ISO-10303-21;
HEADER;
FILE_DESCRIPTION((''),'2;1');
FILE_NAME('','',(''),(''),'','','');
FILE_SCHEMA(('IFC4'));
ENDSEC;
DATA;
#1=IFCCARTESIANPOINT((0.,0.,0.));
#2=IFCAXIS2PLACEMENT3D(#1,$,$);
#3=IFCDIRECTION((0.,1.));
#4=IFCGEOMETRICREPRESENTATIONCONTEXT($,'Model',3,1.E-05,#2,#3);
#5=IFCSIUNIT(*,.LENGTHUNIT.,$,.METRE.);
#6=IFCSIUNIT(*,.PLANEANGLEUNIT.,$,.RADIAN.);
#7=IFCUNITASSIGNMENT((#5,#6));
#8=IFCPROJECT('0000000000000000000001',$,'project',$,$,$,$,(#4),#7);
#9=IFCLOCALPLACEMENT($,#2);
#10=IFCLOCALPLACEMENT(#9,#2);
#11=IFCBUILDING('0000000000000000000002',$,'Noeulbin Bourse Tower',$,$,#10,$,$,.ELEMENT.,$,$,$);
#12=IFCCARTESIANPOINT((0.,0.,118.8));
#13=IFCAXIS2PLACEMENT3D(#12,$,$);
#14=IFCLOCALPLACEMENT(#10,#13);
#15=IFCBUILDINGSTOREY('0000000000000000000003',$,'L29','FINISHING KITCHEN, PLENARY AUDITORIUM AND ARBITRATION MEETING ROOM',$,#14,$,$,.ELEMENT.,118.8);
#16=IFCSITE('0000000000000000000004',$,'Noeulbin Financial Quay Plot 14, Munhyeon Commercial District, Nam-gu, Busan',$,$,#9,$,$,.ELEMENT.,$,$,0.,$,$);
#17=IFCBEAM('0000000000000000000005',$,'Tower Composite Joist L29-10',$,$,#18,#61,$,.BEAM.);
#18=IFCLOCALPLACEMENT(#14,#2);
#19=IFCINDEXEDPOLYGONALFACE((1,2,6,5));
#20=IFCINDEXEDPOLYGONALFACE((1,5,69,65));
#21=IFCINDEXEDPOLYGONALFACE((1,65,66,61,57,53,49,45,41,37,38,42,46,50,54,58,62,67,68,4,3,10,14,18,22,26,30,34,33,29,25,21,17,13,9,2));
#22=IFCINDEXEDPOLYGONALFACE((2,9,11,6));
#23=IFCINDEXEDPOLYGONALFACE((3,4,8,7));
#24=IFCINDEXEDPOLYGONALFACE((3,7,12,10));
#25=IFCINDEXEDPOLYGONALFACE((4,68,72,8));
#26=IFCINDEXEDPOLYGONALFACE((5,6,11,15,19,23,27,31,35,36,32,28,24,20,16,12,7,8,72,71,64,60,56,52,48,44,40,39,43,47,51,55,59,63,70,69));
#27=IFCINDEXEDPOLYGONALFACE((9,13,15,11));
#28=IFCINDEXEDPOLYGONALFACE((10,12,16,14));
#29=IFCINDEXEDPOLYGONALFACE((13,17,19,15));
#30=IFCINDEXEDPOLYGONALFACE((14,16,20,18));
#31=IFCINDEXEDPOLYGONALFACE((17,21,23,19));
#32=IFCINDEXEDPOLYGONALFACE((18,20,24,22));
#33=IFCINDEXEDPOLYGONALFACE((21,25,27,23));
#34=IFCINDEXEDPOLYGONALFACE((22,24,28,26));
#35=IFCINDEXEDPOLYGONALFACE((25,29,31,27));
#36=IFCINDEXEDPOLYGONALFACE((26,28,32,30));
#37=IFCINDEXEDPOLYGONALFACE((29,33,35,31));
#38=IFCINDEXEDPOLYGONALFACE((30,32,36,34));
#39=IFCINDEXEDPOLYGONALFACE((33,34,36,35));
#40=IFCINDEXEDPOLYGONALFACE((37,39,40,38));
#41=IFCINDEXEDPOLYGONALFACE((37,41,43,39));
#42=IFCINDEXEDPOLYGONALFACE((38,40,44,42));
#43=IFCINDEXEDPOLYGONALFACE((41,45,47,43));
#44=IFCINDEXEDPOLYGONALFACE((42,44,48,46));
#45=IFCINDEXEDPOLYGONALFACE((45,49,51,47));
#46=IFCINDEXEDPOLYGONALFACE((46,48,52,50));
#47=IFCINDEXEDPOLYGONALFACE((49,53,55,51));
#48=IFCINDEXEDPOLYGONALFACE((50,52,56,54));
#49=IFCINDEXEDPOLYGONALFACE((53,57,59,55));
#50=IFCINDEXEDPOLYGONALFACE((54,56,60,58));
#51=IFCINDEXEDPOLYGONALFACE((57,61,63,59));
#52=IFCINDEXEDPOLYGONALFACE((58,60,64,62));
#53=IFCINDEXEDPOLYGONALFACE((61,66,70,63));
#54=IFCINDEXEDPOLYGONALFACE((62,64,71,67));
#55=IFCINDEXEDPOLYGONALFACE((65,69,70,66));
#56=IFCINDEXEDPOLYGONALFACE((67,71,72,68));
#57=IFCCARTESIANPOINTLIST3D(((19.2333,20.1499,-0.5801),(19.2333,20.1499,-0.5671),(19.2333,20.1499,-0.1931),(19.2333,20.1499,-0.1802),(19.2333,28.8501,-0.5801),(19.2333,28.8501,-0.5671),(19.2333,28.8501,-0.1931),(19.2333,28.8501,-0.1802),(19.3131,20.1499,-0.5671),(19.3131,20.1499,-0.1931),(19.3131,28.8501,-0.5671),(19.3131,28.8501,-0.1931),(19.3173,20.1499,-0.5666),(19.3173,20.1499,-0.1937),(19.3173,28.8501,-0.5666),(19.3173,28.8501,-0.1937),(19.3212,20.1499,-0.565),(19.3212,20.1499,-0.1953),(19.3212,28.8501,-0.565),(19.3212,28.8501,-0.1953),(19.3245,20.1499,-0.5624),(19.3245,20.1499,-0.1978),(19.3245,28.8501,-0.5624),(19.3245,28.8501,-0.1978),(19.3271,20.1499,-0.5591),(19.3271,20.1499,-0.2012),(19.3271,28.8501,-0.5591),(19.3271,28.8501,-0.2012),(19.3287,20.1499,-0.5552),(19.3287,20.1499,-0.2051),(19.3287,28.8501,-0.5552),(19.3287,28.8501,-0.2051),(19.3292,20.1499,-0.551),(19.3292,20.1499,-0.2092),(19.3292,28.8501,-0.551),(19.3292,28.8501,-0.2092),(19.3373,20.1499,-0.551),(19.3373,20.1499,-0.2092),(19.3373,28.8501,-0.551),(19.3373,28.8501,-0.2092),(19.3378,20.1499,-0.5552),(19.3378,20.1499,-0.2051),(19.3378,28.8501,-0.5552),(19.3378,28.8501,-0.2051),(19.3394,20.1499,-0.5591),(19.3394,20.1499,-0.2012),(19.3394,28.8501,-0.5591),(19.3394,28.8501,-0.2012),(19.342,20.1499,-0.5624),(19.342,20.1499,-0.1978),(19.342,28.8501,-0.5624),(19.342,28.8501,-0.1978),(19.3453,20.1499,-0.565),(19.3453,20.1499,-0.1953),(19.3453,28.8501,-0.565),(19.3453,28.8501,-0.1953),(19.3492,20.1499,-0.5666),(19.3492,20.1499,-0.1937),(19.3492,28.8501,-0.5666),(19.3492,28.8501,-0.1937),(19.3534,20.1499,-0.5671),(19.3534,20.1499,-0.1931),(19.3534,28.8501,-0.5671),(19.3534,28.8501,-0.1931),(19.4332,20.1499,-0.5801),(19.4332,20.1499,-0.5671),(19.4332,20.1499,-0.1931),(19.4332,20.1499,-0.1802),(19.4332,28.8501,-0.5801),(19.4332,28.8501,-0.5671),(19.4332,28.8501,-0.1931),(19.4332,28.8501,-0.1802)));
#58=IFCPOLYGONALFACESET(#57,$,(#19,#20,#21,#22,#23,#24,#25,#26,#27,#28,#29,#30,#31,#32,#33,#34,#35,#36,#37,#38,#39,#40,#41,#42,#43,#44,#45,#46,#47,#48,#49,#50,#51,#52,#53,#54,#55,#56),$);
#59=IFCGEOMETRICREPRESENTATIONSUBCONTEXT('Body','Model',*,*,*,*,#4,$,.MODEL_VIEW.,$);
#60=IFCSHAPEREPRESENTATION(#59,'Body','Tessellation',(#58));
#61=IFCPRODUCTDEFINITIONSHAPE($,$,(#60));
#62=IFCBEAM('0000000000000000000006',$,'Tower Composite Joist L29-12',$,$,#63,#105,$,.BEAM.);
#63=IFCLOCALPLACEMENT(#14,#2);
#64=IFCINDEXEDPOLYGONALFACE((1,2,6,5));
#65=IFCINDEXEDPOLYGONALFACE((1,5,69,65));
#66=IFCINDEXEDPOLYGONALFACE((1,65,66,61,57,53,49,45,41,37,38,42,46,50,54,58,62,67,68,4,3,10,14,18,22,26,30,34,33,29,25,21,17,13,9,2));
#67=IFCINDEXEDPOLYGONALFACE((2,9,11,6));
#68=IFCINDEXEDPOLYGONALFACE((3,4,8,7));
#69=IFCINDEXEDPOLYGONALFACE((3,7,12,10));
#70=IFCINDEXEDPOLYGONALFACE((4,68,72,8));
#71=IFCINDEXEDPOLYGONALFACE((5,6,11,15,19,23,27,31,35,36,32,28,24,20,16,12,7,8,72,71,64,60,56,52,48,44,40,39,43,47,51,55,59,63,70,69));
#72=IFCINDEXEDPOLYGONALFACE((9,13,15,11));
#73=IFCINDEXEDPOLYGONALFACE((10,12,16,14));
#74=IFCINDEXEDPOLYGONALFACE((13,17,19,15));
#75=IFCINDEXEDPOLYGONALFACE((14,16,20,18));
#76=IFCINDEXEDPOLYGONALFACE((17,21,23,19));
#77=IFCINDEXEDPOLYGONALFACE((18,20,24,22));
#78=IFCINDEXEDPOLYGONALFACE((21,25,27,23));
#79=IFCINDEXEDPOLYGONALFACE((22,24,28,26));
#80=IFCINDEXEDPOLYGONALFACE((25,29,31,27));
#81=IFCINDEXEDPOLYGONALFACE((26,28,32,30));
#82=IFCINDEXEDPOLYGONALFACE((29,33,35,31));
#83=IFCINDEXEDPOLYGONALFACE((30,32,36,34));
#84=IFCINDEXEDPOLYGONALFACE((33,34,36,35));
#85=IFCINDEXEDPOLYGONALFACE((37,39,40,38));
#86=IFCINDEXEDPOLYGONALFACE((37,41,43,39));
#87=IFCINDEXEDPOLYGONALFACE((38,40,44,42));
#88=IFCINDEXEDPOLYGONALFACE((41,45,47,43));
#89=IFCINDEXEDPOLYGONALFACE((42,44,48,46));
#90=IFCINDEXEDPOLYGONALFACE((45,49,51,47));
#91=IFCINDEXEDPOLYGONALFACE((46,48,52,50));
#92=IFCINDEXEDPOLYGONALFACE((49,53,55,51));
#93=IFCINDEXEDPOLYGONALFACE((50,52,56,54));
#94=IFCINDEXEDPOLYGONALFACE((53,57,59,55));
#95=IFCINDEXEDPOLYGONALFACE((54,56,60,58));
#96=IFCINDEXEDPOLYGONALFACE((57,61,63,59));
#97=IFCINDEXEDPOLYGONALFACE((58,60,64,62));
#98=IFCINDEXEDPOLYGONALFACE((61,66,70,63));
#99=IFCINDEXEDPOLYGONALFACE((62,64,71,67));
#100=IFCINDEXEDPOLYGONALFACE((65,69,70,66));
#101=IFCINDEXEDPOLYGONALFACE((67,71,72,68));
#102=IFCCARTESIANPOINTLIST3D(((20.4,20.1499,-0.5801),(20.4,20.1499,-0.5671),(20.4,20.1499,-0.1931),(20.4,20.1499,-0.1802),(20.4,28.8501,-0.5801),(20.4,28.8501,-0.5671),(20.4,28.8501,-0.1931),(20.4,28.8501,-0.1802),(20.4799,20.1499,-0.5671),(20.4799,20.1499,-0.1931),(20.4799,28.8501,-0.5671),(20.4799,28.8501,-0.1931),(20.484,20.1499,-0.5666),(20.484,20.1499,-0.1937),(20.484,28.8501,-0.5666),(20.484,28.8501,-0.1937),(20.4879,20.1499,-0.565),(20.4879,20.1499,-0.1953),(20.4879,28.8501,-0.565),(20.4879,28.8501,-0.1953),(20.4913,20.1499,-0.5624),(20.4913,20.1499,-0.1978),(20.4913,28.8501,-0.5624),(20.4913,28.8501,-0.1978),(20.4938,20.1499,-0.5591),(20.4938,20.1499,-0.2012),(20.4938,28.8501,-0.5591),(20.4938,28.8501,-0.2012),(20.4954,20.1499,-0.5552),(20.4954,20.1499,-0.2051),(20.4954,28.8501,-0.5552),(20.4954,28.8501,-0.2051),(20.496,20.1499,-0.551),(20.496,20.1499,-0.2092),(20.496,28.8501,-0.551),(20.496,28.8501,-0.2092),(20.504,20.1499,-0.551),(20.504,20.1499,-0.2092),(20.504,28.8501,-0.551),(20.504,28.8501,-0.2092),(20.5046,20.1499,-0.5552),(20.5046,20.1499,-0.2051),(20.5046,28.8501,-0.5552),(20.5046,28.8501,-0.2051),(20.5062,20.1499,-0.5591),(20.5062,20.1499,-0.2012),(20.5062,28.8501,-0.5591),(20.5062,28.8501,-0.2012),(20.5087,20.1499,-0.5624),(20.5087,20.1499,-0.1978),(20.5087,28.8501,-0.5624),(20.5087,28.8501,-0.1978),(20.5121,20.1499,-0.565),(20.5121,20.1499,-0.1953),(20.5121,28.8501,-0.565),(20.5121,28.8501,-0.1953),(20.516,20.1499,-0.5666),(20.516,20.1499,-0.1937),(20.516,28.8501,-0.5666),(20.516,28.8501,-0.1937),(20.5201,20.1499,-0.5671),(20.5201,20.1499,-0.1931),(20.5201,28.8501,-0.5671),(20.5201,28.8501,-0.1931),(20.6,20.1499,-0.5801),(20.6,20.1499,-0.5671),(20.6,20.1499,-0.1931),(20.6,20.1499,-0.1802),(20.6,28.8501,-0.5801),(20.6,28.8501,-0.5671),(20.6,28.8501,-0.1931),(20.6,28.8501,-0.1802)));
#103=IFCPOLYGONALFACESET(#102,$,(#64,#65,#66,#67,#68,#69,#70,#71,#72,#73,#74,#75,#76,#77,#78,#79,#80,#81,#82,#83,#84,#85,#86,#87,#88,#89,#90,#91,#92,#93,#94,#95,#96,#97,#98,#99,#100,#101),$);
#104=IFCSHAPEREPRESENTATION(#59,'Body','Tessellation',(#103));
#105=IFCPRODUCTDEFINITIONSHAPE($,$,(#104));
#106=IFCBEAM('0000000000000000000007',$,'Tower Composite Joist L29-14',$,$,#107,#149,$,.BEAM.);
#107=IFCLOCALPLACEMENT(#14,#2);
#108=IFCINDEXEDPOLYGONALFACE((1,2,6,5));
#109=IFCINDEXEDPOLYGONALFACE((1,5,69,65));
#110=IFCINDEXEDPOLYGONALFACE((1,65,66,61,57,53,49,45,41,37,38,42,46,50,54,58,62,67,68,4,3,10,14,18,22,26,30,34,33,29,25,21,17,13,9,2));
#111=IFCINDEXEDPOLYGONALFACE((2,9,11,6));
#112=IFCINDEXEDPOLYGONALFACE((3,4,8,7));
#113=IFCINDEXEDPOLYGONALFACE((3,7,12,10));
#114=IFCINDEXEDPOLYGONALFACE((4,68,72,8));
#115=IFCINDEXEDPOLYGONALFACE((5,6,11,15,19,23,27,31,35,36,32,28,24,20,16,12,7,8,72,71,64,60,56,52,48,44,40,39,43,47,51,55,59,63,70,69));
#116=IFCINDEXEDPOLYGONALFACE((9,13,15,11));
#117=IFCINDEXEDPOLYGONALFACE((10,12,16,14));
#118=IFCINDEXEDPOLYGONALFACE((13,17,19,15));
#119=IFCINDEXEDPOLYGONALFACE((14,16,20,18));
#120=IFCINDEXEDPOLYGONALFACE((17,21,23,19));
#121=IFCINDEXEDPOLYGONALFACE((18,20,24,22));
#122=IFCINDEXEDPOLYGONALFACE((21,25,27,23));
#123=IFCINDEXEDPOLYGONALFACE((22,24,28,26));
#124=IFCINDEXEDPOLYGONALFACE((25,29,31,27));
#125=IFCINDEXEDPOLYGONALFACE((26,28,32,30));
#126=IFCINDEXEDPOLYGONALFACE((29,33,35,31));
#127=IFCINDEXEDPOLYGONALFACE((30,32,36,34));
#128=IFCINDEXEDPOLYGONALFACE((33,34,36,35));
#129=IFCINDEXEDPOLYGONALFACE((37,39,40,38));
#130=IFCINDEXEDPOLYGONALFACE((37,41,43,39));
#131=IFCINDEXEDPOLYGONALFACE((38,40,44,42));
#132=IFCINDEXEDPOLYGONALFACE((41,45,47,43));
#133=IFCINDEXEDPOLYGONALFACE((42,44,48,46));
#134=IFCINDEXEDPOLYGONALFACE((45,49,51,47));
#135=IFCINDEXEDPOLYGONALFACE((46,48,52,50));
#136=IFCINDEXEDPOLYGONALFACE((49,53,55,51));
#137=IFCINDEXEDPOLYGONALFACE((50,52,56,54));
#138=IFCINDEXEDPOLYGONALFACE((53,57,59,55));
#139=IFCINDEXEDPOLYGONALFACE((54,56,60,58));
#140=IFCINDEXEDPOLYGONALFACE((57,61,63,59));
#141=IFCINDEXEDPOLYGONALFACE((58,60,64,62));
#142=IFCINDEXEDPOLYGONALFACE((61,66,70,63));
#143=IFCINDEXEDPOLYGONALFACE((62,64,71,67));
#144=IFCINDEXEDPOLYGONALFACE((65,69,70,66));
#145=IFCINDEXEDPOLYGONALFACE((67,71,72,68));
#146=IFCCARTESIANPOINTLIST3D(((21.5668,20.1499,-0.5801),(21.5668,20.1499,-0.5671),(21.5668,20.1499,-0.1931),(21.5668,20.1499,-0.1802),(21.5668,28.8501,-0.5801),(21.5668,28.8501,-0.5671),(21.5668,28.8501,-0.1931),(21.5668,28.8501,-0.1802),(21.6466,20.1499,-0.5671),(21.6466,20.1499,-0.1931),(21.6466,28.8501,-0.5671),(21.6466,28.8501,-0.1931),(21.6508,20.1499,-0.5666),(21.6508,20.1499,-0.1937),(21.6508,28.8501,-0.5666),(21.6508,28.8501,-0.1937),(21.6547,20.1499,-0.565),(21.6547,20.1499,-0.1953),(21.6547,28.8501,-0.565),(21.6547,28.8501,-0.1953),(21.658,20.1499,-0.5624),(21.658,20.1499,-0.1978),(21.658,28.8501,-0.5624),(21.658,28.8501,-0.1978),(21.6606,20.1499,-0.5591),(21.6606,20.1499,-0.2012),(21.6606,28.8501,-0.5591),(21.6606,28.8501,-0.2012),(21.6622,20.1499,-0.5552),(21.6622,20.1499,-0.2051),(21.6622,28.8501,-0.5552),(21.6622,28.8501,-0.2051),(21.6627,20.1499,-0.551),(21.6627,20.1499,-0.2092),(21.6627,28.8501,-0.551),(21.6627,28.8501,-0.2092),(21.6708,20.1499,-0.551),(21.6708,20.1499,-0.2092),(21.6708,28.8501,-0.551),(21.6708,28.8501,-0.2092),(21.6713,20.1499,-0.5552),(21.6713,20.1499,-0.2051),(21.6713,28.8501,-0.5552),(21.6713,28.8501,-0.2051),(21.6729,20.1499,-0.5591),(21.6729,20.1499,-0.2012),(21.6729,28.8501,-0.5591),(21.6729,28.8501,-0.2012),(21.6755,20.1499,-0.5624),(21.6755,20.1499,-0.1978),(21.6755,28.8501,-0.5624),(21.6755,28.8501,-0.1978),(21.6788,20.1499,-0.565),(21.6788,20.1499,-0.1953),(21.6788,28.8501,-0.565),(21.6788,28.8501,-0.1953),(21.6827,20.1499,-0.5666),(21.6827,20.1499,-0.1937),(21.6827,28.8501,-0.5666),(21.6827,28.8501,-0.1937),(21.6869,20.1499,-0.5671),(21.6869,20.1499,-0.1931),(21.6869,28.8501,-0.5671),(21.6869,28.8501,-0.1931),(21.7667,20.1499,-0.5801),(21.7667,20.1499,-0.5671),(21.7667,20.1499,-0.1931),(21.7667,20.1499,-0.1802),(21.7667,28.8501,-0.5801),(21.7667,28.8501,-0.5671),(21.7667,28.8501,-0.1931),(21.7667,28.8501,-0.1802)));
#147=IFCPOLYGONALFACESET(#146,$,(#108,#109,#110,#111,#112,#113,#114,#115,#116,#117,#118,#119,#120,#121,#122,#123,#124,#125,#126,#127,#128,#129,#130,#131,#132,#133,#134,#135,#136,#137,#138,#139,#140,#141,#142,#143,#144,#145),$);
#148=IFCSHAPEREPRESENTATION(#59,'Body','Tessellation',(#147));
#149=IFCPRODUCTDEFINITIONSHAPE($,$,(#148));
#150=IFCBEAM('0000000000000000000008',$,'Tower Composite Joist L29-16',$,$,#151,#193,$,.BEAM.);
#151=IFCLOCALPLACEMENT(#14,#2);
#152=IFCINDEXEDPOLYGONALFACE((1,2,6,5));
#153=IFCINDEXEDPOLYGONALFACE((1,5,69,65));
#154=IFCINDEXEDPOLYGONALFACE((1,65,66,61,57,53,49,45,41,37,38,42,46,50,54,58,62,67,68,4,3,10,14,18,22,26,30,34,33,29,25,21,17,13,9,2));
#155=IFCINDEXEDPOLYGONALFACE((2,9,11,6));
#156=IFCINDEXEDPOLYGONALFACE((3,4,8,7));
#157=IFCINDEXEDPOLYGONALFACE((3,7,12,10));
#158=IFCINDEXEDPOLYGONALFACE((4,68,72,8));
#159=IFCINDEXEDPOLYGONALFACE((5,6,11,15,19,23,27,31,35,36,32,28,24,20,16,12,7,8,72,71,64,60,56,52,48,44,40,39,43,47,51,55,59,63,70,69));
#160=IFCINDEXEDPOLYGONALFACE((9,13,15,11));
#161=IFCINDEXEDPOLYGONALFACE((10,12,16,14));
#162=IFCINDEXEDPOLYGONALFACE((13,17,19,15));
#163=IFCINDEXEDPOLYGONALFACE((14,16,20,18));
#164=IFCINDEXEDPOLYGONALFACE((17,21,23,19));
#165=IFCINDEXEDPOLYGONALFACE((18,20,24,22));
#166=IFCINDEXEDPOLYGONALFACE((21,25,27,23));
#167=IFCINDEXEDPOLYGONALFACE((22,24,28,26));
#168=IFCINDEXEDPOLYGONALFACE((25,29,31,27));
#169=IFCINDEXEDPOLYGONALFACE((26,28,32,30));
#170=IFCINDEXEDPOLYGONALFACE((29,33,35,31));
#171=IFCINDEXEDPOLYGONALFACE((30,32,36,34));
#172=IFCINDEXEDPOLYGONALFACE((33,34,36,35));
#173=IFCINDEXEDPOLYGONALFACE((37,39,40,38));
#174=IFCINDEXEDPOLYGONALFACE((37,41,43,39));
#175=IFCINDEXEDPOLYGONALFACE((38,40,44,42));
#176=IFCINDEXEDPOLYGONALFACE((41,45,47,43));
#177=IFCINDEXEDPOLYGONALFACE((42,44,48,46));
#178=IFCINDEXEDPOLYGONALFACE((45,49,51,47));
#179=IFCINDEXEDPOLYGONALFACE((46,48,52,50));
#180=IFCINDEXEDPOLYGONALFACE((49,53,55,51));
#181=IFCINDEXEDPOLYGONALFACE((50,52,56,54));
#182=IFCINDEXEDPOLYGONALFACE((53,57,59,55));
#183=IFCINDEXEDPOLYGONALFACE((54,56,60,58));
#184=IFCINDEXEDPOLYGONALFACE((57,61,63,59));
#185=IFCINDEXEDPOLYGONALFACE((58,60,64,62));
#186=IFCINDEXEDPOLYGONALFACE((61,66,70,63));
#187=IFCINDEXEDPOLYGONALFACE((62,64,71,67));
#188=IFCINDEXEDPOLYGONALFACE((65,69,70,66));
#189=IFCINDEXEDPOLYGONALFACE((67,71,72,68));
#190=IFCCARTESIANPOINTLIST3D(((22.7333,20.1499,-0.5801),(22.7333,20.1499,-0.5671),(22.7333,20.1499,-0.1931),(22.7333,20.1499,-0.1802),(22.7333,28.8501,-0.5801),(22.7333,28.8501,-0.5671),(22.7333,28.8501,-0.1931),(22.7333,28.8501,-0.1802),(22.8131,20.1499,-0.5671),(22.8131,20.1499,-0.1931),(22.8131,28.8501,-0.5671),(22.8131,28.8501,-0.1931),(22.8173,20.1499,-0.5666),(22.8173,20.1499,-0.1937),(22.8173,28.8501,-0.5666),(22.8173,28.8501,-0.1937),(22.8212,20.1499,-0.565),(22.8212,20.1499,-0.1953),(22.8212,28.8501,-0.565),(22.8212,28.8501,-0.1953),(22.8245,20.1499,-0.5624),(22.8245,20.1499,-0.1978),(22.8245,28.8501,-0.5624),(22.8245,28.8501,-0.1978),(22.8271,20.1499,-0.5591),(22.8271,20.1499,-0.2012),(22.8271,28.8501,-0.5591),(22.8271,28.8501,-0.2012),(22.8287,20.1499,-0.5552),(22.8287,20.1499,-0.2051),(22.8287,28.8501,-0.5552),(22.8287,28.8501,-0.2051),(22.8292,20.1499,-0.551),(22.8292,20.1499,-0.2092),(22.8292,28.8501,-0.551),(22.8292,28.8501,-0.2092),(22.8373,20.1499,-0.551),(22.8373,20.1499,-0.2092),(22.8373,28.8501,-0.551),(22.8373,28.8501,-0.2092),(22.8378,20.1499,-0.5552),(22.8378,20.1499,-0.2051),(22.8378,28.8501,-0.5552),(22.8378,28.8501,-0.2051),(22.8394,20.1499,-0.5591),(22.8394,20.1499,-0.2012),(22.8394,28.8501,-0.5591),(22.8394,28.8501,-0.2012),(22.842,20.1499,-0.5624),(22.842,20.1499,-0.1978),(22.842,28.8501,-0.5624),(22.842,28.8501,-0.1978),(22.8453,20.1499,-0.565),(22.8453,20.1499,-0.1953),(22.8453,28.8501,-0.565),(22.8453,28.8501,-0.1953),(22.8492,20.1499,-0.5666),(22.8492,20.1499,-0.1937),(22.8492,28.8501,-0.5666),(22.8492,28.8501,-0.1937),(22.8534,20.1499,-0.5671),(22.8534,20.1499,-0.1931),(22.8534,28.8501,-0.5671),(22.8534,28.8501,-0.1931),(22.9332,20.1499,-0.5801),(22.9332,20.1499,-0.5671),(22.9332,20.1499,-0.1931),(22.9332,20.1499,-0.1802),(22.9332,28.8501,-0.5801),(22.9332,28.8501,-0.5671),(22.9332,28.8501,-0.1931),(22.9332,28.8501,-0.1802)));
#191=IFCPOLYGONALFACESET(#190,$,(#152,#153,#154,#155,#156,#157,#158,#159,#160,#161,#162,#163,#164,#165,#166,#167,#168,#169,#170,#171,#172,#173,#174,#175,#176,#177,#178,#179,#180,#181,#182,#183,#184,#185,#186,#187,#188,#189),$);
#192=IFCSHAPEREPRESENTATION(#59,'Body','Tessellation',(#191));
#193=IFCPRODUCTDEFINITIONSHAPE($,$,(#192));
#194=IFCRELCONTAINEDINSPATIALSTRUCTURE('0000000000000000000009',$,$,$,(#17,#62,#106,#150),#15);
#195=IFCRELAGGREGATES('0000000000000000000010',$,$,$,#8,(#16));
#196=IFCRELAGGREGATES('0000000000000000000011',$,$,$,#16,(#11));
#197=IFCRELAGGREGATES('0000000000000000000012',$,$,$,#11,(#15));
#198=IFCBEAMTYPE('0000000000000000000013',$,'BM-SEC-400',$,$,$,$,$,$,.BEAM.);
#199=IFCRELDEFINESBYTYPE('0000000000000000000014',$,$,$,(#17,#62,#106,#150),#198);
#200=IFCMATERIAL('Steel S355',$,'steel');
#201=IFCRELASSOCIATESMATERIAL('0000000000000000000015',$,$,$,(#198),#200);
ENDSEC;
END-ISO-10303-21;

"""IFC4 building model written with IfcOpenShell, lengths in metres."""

from ifc_helpers import new_model, si_unit, direction, frame, origin, origin_2d, place, context, subcontext, project, spatial, i_section, extrude, material, material_profile, profile_set, type_object, element, save


model = new_model("IFC4")

# Units and contexts
model_context = context("Model", 3, precision=1e-05, world=origin(), true_north=direction((0.0, 1.0)))
body_context = subcontext(model_context, "Body", "Model", "MODEL_VIEW")
ifc_project = project(units=[si_unit("LENGTHUNIT", "METRE"), si_unit("PLANEANGLEUNIT", "RADIAN")], contexts=[model_context])

# Site, building, storey
site_placement = place(None, origin())
site = spatial("IfcSite", under=ifc_project, at=site_placement, Name="Noeulbin Financial Quay Plot 14, Munhyeon Commercial District, Nam-gu, Busan", CompositionType="ELEMENT", RefElevation=0.0)
building_placement = place(site_placement, origin())
building = spatial("IfcBuilding", under=site, at=building_placement, Name="Noeulbin Bourse Tower", CompositionType="ELEMENT")
storey_placement = place(building_placement, frame((0.0, 0.0, 118.8)))
storey = spatial("IfcBuildingStorey", under=building, at=storey_placement, Name="L29", Description="FINISHING KITCHEN, PLENARY AUDITORIUM AND ARBITRATION MEETING ROOM", CompositionType="ELEMENT", Elevation=118.8)

# Beams
ifc_material_1 = material(Name="Steel S355", Category="steel")
ifc_material_profile_1 = material_profile(ifc_material_1, i_section(OverallWidth=0.2, OverallDepth=0.3999, WebThickness=0.0081, FlangeThickness=0.0129, FilletRadius=0.0161, at=origin_2d()), Name="H-400x200x8x13", Category="LoadBearing")
ifc_profile_set_1 = profile_set([ifc_material_profile_1], Name="Steel S355")
beam_type = type_object("IfcBeamType", Name="BM-SEC-400", PredefinedType="BEAM", material=ifc_profile_set_1)
for number, where, z_axis, x_axis, name in (
    (1, (19.3333, 20.1499, -0.3801), (0.0, 1.0, 0.0), (-1.0, 0.0, 0.0), "Tower Composite Joist L29-10"),
    (2, (20.5, 20.1499, -0.3801), (0.0, 1.0, 0.0), (-1.0, 0.0, 0.0), "Tower Composite Joist L29-12"),
    (3, (21.6667, 20.1499, -0.3801), (0.0, 1.0, 0.0), (-1.0, 0.0, 0.0), "Tower Composite Joist L29-14"),
    (4, (22.8333, 20.1499, -0.3801), (0.0, 1.0, 0.0), (-1.0, 0.0, 0.0), "Tower Composite Joist L29-16"),
):
    element("IfcBeam", number, at=place(storey_placement, frame(where, z_axis=z_axis, x_axis=x_axis)), inside=storey, type_object=beam_type, Name=name, PredefinedType="BEAM", context=body_context, shape_type="SweptSolid", body=[
        extrude(i_section(OverallWidth=0.2, OverallDepth=0.3999, WebThickness=0.0081, FlangeThickness=0.0129, FilletRadius=0.0161, at=origin_2d()), origin(), (0.0, 0.0, 1.0), 8.7002),
    ])

save(model, "model.ifc")
